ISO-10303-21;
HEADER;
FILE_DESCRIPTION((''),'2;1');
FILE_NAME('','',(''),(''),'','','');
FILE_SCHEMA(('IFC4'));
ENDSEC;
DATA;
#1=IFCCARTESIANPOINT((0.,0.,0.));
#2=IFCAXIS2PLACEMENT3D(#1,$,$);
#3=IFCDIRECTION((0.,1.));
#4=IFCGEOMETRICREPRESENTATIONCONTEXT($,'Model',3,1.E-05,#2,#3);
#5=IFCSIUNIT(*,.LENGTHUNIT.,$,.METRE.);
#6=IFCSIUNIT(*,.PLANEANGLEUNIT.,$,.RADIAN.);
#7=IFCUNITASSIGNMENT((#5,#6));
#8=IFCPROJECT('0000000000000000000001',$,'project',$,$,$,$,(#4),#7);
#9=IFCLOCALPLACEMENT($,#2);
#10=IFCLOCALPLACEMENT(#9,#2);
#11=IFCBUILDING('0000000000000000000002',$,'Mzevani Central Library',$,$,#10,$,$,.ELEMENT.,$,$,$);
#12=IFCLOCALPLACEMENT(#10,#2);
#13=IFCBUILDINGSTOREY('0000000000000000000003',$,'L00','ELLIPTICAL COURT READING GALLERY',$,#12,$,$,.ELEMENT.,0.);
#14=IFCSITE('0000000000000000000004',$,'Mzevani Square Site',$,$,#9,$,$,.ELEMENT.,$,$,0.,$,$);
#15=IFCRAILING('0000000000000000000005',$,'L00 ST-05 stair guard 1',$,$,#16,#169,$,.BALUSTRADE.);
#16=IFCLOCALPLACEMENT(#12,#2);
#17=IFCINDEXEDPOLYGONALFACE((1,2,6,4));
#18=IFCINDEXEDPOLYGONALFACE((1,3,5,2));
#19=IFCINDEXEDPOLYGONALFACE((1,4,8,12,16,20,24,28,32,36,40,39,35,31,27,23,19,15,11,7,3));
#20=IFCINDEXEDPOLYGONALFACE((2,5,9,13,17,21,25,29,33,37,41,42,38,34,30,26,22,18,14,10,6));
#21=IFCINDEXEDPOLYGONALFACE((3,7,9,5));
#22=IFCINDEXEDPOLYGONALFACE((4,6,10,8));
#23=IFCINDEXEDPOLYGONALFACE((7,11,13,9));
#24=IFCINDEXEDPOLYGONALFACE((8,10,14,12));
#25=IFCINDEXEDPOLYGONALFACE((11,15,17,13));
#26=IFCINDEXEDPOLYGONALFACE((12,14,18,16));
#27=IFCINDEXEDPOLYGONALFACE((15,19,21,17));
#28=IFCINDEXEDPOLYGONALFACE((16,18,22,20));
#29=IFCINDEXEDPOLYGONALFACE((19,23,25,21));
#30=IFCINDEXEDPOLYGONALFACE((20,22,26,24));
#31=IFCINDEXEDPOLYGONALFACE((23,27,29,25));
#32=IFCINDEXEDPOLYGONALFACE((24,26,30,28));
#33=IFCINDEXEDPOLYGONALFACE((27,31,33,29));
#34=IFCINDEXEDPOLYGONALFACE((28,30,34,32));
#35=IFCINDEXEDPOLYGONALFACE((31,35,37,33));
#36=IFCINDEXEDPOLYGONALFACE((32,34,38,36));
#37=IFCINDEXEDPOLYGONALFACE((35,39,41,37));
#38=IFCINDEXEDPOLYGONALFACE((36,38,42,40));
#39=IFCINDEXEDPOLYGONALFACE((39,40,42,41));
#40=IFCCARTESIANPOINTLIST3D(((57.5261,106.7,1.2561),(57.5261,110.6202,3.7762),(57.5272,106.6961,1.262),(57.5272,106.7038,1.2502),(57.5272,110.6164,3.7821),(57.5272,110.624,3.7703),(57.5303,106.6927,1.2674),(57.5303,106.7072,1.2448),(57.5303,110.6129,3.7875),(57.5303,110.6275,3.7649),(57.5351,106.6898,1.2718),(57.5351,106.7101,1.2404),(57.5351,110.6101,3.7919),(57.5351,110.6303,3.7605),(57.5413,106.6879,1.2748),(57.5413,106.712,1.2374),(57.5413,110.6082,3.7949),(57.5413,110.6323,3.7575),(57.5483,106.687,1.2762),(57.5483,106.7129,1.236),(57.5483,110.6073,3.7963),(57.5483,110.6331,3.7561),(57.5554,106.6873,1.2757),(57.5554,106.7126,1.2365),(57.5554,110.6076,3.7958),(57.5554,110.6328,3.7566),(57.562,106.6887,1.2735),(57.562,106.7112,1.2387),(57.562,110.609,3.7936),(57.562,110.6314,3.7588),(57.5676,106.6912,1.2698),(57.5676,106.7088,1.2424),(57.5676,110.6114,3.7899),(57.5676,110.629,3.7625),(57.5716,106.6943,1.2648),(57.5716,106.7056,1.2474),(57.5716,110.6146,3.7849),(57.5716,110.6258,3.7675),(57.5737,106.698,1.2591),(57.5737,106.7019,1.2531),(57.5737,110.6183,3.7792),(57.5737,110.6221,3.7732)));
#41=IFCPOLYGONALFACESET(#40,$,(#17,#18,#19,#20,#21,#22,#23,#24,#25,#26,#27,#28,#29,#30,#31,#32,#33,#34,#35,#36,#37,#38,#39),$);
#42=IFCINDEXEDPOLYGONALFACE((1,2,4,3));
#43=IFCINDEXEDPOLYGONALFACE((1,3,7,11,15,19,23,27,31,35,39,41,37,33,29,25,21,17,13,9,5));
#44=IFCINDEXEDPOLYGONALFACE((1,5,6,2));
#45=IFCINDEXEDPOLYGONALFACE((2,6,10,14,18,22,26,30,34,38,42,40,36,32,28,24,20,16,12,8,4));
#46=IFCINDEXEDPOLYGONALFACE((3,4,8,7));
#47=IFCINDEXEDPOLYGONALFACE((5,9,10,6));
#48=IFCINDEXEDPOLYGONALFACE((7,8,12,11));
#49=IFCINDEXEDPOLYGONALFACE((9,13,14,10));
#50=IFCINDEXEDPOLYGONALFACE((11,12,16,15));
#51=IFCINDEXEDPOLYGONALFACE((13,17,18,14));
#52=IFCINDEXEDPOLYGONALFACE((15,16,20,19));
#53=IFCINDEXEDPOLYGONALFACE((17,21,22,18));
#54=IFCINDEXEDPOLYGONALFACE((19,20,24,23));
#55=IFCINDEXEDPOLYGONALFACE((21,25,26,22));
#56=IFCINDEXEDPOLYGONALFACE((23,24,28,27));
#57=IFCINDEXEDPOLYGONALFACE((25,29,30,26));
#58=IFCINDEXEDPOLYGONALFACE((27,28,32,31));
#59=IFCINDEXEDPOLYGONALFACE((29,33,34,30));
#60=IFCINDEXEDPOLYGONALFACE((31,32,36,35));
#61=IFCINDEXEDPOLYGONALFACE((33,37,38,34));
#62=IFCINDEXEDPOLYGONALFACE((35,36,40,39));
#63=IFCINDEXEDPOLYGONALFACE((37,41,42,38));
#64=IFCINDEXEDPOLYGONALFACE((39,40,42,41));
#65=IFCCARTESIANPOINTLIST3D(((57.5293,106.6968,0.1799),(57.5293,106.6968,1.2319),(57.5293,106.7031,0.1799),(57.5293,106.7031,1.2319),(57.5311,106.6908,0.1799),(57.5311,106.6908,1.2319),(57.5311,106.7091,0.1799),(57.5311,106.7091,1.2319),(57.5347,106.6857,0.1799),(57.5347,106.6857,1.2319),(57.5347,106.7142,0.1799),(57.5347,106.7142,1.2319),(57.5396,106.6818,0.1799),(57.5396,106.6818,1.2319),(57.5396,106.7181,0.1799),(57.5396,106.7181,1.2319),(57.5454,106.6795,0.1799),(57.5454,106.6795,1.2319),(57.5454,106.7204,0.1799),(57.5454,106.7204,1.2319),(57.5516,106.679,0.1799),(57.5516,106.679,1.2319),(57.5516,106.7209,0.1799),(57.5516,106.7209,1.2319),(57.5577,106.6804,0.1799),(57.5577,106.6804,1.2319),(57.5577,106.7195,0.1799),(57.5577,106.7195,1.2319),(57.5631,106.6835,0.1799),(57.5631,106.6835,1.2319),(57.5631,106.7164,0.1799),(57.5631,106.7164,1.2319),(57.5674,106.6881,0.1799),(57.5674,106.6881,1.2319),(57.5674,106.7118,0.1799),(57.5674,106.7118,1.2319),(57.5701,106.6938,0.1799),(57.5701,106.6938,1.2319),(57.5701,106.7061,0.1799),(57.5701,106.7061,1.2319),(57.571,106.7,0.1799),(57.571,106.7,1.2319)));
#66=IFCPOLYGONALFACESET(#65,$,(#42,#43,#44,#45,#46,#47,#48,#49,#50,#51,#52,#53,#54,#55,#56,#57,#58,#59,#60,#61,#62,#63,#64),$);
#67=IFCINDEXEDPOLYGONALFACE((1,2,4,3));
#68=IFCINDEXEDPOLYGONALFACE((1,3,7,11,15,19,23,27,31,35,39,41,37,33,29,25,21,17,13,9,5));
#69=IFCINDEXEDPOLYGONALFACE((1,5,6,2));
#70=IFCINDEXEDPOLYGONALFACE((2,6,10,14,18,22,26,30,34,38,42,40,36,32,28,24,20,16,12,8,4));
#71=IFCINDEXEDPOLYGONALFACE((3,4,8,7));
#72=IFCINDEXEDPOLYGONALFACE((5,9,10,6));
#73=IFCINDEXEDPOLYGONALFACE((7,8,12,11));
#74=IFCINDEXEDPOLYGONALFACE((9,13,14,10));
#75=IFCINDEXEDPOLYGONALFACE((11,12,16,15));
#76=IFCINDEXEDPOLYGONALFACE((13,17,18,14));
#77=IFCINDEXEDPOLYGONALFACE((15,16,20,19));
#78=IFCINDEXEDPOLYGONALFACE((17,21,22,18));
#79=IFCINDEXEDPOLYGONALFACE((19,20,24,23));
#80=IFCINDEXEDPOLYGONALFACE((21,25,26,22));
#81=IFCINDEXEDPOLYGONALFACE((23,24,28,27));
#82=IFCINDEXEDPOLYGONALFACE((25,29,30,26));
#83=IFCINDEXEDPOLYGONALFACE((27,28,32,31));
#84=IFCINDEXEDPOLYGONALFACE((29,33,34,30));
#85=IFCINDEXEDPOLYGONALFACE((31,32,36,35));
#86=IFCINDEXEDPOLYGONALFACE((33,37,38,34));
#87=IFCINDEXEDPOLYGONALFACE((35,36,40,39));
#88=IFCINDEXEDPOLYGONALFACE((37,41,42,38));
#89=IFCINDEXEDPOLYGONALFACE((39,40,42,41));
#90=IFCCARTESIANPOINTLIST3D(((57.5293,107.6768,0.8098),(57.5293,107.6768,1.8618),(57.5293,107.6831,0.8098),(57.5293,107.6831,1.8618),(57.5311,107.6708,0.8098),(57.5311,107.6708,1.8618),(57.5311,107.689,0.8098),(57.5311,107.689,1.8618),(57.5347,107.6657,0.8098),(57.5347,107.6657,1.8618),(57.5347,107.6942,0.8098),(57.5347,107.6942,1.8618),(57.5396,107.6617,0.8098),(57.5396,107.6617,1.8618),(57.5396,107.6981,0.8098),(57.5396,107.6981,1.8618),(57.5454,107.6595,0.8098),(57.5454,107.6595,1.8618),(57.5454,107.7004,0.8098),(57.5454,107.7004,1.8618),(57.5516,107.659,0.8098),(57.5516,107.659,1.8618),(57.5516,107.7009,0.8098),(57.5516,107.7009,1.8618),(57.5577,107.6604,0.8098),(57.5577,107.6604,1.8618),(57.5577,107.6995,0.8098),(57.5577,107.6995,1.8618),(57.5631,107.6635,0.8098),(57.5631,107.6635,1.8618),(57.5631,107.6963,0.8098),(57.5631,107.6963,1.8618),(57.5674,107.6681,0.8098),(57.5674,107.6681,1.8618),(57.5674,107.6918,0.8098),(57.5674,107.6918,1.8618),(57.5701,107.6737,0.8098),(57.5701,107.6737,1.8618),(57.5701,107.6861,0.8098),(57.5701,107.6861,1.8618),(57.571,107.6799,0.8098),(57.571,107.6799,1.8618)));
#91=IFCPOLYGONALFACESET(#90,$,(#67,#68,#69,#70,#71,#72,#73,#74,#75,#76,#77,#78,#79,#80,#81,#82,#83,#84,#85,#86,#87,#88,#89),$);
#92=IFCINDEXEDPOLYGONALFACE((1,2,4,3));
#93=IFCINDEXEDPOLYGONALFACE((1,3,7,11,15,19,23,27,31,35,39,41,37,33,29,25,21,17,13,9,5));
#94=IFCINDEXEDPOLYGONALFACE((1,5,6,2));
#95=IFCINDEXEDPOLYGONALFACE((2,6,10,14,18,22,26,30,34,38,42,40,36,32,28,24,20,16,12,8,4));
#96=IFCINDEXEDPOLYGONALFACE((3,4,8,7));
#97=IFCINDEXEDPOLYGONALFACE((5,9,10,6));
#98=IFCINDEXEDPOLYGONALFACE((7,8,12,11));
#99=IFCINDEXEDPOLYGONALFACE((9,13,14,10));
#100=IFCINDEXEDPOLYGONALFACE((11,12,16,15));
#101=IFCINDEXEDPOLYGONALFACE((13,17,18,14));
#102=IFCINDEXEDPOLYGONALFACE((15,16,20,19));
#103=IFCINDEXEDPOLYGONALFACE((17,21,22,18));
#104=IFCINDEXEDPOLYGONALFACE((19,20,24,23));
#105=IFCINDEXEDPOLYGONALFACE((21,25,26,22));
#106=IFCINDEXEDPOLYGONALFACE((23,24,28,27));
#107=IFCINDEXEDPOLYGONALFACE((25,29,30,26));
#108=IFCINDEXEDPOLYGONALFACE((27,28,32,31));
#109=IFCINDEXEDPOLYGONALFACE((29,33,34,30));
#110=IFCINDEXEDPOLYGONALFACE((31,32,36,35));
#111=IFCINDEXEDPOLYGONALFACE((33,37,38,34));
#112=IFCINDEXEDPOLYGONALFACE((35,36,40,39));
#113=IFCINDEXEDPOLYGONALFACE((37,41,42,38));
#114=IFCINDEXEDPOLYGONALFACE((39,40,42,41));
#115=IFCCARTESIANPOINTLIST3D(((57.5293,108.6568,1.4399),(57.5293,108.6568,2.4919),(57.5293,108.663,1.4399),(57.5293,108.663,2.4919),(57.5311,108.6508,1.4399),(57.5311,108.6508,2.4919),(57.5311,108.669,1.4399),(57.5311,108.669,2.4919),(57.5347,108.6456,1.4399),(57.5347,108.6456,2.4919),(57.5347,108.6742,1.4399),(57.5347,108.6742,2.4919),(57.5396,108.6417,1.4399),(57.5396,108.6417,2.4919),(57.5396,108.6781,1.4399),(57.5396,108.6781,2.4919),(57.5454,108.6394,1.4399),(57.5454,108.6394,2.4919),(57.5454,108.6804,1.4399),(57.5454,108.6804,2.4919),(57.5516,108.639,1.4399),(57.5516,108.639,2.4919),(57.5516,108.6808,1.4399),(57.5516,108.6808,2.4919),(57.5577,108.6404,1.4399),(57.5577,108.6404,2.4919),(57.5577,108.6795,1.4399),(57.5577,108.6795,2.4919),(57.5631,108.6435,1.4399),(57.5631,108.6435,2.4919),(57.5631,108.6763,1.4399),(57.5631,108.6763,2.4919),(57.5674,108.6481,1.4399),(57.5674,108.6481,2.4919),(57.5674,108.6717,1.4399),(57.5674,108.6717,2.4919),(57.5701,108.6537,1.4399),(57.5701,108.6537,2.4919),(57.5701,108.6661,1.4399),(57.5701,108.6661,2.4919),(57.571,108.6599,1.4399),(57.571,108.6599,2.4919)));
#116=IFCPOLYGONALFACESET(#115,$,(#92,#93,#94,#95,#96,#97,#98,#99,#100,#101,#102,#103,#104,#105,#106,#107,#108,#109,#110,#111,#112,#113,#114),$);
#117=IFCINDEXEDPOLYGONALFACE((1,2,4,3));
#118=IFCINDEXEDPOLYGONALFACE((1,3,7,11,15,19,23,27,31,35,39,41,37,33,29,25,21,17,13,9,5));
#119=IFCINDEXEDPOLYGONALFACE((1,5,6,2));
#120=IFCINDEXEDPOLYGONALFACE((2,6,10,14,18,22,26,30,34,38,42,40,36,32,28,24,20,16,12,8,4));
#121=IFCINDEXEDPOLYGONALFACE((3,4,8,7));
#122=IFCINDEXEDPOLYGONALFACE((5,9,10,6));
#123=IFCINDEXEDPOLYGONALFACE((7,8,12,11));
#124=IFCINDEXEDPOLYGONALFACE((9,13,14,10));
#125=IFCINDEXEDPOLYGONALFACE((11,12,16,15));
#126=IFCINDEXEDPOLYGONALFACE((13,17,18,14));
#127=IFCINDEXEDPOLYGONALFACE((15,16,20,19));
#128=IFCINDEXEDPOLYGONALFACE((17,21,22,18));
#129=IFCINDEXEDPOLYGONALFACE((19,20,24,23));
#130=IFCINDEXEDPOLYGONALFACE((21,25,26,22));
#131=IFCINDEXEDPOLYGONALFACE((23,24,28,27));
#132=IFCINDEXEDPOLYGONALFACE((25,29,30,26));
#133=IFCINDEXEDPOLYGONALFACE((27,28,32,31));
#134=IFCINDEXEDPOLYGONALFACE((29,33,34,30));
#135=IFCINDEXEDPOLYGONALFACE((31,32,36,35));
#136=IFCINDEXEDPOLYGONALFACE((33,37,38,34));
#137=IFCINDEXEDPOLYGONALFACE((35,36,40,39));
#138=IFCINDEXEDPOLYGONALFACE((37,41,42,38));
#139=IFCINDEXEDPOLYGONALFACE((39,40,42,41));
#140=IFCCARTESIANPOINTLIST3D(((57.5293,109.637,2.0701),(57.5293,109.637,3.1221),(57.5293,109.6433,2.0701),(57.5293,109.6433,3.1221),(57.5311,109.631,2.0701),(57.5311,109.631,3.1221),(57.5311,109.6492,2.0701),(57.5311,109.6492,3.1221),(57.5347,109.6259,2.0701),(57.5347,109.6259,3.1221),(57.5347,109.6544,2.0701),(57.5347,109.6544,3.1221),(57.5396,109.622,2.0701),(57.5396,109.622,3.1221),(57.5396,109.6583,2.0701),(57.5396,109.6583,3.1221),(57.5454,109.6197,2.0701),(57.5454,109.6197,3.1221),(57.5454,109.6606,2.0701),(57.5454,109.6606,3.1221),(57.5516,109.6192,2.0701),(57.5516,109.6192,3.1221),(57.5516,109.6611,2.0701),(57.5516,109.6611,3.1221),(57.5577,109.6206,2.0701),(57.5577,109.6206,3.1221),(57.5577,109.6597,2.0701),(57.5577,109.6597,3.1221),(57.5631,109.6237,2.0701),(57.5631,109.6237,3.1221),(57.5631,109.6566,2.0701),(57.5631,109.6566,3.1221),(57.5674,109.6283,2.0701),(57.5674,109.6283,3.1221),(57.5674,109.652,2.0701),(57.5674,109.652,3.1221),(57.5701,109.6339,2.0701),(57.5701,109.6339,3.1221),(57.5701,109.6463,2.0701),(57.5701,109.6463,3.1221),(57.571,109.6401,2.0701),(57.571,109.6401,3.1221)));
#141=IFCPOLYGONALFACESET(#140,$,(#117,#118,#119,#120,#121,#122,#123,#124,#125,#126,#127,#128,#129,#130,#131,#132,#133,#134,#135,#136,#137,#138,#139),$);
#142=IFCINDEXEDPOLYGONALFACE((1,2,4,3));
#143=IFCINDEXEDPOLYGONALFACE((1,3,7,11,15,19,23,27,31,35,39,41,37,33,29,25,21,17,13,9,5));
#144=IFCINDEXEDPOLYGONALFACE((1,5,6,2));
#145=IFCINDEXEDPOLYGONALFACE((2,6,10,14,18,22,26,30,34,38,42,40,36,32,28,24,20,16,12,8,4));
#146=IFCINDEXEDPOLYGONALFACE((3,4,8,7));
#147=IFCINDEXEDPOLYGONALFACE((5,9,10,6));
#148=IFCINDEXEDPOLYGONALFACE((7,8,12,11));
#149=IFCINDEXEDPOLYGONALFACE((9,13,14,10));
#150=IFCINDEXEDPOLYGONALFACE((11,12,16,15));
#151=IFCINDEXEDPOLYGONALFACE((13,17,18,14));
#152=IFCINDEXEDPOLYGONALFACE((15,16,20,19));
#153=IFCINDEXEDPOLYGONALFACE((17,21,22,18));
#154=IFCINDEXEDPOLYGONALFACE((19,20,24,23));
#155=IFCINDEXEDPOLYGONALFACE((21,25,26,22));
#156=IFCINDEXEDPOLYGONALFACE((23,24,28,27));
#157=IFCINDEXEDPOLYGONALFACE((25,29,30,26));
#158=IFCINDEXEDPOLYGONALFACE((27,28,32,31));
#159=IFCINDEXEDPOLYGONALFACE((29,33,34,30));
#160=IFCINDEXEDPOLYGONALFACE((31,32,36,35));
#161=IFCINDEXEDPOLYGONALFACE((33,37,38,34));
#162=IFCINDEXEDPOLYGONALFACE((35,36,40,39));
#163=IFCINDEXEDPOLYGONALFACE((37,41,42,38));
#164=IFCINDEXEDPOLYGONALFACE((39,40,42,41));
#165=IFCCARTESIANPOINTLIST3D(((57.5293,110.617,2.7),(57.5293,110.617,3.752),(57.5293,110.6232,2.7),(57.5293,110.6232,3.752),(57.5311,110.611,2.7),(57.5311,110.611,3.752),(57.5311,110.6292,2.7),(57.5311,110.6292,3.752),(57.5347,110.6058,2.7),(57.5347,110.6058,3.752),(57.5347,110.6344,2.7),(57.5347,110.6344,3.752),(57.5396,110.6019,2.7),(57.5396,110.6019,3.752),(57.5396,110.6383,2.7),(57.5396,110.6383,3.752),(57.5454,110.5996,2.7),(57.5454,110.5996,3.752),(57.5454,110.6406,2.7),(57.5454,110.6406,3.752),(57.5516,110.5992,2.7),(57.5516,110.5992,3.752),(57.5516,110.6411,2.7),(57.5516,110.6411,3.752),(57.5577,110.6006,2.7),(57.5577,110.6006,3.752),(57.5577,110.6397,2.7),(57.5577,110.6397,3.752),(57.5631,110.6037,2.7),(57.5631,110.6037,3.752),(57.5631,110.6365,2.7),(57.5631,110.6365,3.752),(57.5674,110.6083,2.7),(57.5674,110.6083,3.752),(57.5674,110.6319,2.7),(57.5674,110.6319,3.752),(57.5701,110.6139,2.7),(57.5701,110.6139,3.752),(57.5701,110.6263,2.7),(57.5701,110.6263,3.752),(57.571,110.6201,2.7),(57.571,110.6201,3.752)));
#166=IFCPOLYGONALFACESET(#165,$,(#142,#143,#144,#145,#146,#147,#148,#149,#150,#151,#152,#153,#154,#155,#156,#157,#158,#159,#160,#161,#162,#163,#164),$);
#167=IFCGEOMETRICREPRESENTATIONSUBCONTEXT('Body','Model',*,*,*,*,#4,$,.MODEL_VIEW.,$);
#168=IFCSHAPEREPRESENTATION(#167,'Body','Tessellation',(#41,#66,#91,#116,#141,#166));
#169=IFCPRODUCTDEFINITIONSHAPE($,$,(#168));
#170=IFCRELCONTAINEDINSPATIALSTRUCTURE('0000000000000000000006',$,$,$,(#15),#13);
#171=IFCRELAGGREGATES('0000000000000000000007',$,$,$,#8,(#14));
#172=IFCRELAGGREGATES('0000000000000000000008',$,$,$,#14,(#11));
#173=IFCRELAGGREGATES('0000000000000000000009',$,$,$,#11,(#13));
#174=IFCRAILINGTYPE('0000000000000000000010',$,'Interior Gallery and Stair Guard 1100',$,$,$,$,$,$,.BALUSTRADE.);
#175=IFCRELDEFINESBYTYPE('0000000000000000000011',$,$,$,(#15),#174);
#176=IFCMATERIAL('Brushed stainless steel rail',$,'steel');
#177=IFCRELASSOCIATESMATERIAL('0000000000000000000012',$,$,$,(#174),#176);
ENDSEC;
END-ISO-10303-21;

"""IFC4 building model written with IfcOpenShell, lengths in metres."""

from ifc_helpers import new_model, si_unit, direction, frame, origin, origin_2d, place, context, subcontext, project, spatial, circle, extrude, material, type_object, element, save


model = new_model("IFC4")

# Units and contexts
model_context = context("Model", 3, precision=1e-05, world=origin(), true_north=direction((0.0, 1.0)))
body_context = subcontext(model_context, "Body", "Model", "MODEL_VIEW")
ifc_project = project(units=[si_unit("LENGTHUNIT", "METRE"), si_unit("PLANEANGLEUNIT", "RADIAN")], contexts=[model_context])

# Site, building, storey
site_placement = place(None, origin())
site = spatial("IfcSite", under=ifc_project, at=site_placement, Name="Mzevani Square Site", CompositionType="ELEMENT", RefElevation=0.0)
building_placement = place(site_placement, origin())
building = spatial("IfcBuilding", under=site, at=building_placement, Name="Mzevani Central Library", CompositionType="ELEMENT")
storey_placement = place(building_placement, origin())
storey = spatial("IfcBuildingStorey", under=building, at=storey_placement, Name="L00", Description="ELLIPTICAL COURT READING GALLERY", CompositionType="ELEMENT", Elevation=0.0)

# Railing
ifc_material_1 = material(Name="Brushed stainless steel rail", Category="steel")
railing_type_1 = type_object("IfcRailingType", Name="Interior Gallery and Stair Guard 1100", PredefinedType="BALUSTRADE", material=ifc_material_1)
railing_1_placement = place(storey_placement, frame((57.55, 106.7, 0.1799)))
element("IfcRailing", 1, at=railing_1_placement, inside=storey, type_object=railing_type_1, Name="L00 ST-05 stair guard 1", PredefinedType="BALUSTRADE", context=body_context, shape_type="SweptSolid", body=[
    extrude(circle(Radius=0.0239, at=origin_2d()), frame((0.0, 0.0, 1.0762), z_axis=(0.0, 0.841187, 0.540744), x_axis=(-1.0, 0.0, 0.0)), (0.0, 0.0, 1.0), 4.6604),
    extrude(circle(Radius=0.021, at=origin_2d()), origin(), (0.0, 0.0, 1.0), 1.052),
    extrude(circle(Radius=0.021, at=origin_2d()), frame((0.0, 0.98, 0.6299)), (0.0, 0.0, 1.0), 1.052),
    extrude(circle(Radius=0.021, at=origin_2d()), frame((0.0, 1.96, 1.26)), (0.0, 0.0, 1.0), 1.052),
    extrude(circle(Radius=0.021, at=origin_2d()), frame((0.0, 2.9402, 1.8901)), (0.0, 0.0, 1.0), 1.052),
    extrude(circle(Radius=0.021, at=origin_2d()), frame((0.0, 3.9202, 2.52)), (0.0, 0.0, 1.0), 1.052),
])

save(model, "model.ifc")
